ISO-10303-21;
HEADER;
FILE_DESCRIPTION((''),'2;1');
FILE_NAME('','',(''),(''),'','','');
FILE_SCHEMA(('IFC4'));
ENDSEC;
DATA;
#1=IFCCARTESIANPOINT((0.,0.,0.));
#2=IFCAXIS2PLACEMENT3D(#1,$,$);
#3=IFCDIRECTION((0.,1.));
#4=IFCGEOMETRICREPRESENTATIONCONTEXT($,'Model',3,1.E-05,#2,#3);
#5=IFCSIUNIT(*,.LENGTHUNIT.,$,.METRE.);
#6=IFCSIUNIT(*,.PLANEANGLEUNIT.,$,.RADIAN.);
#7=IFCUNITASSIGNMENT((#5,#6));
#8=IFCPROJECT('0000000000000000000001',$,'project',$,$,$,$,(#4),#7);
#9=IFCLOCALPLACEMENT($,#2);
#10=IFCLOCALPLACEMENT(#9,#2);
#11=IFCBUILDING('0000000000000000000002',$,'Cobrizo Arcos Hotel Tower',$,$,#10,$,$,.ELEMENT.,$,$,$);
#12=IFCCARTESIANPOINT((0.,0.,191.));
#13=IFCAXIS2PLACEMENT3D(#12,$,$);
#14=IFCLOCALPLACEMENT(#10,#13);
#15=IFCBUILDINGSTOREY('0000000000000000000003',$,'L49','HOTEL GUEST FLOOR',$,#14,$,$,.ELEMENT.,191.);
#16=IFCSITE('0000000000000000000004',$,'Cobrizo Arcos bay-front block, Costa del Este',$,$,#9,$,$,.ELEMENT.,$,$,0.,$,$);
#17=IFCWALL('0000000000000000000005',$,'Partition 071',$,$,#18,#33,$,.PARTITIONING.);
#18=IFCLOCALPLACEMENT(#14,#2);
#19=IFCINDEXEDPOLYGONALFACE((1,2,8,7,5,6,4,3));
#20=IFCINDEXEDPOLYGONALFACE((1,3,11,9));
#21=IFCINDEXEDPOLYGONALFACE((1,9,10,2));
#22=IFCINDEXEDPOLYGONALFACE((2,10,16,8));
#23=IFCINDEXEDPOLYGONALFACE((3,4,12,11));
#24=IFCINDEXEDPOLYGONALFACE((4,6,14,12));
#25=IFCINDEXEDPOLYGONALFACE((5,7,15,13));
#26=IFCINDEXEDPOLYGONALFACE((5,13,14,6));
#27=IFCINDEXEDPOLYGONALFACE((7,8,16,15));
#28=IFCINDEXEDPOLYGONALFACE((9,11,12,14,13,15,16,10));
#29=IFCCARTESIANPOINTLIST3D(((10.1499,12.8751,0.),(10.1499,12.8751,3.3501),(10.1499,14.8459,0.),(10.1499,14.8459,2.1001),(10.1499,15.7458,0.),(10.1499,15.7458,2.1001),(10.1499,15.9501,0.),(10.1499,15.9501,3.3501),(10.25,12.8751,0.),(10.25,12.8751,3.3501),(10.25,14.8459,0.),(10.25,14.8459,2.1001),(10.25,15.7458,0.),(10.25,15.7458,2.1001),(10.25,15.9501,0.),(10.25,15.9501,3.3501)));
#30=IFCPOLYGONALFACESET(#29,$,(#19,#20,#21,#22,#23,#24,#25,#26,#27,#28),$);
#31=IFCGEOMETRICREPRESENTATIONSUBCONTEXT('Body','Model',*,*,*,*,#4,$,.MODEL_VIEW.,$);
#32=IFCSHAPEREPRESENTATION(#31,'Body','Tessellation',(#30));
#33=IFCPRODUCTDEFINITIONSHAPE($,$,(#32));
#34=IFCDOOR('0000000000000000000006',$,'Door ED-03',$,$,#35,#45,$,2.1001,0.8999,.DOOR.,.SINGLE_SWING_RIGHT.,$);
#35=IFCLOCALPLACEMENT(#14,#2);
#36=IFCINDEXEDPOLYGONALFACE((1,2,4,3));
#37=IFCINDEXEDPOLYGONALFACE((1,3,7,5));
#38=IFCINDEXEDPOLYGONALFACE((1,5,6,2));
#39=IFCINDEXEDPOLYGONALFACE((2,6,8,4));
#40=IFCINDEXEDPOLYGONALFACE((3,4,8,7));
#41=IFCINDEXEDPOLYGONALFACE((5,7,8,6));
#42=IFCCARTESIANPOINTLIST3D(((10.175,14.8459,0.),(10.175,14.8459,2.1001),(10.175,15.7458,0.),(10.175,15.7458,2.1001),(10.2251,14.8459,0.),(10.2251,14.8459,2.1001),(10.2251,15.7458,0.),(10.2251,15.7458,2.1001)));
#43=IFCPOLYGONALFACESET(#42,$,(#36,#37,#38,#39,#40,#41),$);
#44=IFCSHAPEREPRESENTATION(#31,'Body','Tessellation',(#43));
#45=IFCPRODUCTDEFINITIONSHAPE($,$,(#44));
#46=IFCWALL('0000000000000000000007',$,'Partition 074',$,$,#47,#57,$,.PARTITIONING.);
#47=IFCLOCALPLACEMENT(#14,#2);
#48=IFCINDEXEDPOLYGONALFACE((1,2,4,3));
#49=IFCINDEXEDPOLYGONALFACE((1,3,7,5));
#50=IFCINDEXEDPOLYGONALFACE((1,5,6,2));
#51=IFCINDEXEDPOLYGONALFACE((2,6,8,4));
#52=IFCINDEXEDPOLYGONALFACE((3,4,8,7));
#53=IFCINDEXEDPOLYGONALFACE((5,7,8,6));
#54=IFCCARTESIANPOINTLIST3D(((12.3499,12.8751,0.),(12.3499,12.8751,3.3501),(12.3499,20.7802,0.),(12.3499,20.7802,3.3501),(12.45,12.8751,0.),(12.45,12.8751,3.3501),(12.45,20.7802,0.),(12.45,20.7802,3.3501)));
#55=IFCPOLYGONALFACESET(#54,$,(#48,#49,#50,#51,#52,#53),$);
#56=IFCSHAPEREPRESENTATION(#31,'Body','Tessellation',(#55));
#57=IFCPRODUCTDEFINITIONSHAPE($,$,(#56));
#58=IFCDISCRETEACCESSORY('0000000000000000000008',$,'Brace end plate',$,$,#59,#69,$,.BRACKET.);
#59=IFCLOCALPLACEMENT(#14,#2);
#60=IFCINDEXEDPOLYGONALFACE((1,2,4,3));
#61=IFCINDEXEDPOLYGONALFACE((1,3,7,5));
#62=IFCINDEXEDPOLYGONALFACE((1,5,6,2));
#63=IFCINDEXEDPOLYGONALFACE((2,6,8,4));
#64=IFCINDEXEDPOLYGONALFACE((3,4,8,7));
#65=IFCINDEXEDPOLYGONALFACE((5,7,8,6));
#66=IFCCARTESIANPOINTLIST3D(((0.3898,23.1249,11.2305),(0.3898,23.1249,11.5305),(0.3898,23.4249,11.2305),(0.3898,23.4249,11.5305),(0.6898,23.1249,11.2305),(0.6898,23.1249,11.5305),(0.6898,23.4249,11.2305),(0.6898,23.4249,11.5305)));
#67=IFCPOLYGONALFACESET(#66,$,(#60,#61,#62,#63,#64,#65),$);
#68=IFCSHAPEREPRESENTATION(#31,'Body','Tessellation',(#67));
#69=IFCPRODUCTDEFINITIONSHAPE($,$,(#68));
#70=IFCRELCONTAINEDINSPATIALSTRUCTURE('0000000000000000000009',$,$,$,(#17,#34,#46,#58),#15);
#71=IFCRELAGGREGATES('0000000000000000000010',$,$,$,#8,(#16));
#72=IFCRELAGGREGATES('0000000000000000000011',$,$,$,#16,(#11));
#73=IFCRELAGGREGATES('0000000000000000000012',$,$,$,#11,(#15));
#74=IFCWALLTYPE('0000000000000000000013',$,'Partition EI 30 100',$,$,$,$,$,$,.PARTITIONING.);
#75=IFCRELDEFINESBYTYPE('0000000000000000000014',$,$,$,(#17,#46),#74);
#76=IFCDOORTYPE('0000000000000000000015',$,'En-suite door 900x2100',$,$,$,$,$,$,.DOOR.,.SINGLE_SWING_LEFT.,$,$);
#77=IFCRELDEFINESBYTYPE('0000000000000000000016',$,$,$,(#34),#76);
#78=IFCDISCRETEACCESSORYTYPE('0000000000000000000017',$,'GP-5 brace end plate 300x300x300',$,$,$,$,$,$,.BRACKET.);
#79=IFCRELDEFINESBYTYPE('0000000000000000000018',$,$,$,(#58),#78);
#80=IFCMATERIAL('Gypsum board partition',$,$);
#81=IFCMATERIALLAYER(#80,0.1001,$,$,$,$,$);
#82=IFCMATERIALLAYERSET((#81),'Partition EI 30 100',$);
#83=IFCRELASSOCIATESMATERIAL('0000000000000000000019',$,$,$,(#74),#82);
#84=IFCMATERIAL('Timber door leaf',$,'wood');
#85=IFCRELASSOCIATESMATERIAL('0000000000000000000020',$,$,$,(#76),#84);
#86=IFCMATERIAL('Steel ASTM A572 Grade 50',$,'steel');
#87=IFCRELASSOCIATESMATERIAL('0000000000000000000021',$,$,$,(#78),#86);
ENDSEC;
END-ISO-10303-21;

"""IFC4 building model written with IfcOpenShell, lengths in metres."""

from ifc_helpers import new_model, si_unit, direction, frame, frame_2d, origin, origin_2d, place, context, subcontext, project, spatial, rectangle, extrude, material, layer, layer_set, type_object, element, fill, save


model = new_model("IFC4")

# Units and contexts
model_context = context("Model", 3, precision=1e-05, world=origin(), true_north=direction((0.0, 1.0)))
body_context = subcontext(model_context, "Body", "Model", "MODEL_VIEW")
ifc_project = project(units=[si_unit("LENGTHUNIT", "METRE"), si_unit("PLANEANGLEUNIT", "RADIAN")], contexts=[model_context])

# Site, building, storey
site_placement = place(None, origin())
site = spatial("IfcSite", under=ifc_project, at=site_placement, Name="Cobrizo Arcos bay-front block, Costa del Este", CompositionType="ELEMENT", RefElevation=0.0)
building_placement = place(site_placement, origin())
building = spatial("IfcBuilding", under=site, at=building_placement, Name="Cobrizo Arcos Hotel Tower", CompositionType="ELEMENT")
storey_placement = place(building_placement, frame((0.0, 0.0, 191.0)))
storey = spatial("IfcBuildingStorey", under=building, at=storey_placement, Name="L49", Description="HOTEL GUEST FLOOR", CompositionType="ELEMENT", Elevation=191.0)

# Shared definitions
ifc_material_1 = material(Name="Steel ASTM A572 Grade 50", Category="steel")

# Shared definitions
ifc_material_2 = material(Name="Gypsum board partition")
ifc_layer_1 = layer(ifc_material_2, 0.1001)
ifc_layer_set_1 = layer_set([ifc_layer_1], Name="Partition EI 30 100")
wall_type = type_object("IfcWallType", Name="Partition EI 30 100", PredefinedType="PARTITIONING", material=ifc_layer_set_1)

# Shared definitions
ifc_material_3 = material(Name="Timber door leaf", Category="wood")
door_type = type_object("IfcDoorType", Name="En-suite door 900x2100", OperationType="SINGLE_SWING_LEFT", PredefinedType="DOOR", material=ifc_material_3)

# Wall, opening, door
wall_1_placement = place(storey_placement, frame((10.2, 12.875, 0.0), z_axis=(0.0, 0.0, 1.0), x_axis=(0.0, 1.0, 0.0)))
wall_1 = element("IfcWall", 1, at=wall_1_placement, inside=storey, type_object=wall_type, Name="Partition 071", PredefinedType="PARTITIONING", context=body_context, shape_type="SweptSolid", body=[
    extrude(rectangle(XDim=3.075, YDim=0.1001, at=frame_2d((1.5376, 0.0))), origin(), (0.0, 0.0, 1.0), 3.3501),
])
opening_1_placement = place(wall_1_placement, frame((1.9709, 0.0, 0.0)))
opening_1 = element("IfcOpeningElement", 2, at=opening_1_placement, cuts=wall_1, PredefinedType="OPENING", context=body_context, shape_type="SweptSolid", body=[
    extrude(rectangle(XDim=0.8999, YDim=2.1001, at=frame_2d((0.45, 1.05))), frame((0.0, 0.062, 0.0), z_axis=(0.0, -1.0, 0.0), x_axis=(1.0, 0.0, 0.0)), (0.0, 0.0, 1.0), 0.124),
])
door_1_placement = place(opening_1_placement, origin())
door_1 = element("IfcDoor", 3, at=door_1_placement, inside=storey, type_object=door_type, Name="Door ED-03", OperationType="SINGLE_SWING_RIGHT", OverallHeight=2.1001, OverallWidth=0.8999, PredefinedType="DOOR", context=body_context, shape_type="SweptSolid", body=[
    extrude(rectangle(XDim=0.8999, YDim=2.1001, at=frame_2d((0.45, 1.05))), frame((0.0, 0.0249, 0.0), z_axis=(0.0, -1.0, 0.0), x_axis=(1.0, 0.0, 0.0)), (0.0, 0.0, 1.0), 0.05),
])
fill(opening_1, door_1)

# Wall
wall_2_placement = place(storey_placement, frame((12.3999, 12.875, 0.0), z_axis=(0.0, 0.0, 1.0), x_axis=(0.0, 1.0, 0.0)))
element("IfcWall", 4, at=wall_2_placement, inside=storey, type_object=wall_type, Name="Partition 074", PredefinedType="PARTITIONING", context=body_context, shape_type="SweptSolid", body=[
    extrude(rectangle(XDim=7.905, YDim=0.1001, at=frame_2d((3.9526, 0.0))), origin(), (0.0, 0.0, 1.0), 3.3501),
])

# Discrete accessory
discrete_accessory_type = type_object("IfcDiscreteAccessoryType", Name="GP-5 brace end plate 300x300x300", PredefinedType="BRACKET", material=ifc_material_1)
discrete_accessory_placement = place(storey_placement, frame((0.5398, 23.2749, 11.2305), z_axis=(0.0, 0.0, 1.0), x_axis=(1.0, 0.0, 0.0)))
element("IfcDiscreteAccessory", 5, at=discrete_accessory_placement, inside=storey, type_object=discrete_accessory_type, Name="Brace end plate", PredefinedType="BRACKET", context=body_context, shape_type="SweptSolid", body=[
    extrude(rectangle(XDim=0.3, YDim=0.3, at=origin_2d()), origin(), (0.0, 0.0, 1.0), 0.3),
])

save(model, "model.ifc")
